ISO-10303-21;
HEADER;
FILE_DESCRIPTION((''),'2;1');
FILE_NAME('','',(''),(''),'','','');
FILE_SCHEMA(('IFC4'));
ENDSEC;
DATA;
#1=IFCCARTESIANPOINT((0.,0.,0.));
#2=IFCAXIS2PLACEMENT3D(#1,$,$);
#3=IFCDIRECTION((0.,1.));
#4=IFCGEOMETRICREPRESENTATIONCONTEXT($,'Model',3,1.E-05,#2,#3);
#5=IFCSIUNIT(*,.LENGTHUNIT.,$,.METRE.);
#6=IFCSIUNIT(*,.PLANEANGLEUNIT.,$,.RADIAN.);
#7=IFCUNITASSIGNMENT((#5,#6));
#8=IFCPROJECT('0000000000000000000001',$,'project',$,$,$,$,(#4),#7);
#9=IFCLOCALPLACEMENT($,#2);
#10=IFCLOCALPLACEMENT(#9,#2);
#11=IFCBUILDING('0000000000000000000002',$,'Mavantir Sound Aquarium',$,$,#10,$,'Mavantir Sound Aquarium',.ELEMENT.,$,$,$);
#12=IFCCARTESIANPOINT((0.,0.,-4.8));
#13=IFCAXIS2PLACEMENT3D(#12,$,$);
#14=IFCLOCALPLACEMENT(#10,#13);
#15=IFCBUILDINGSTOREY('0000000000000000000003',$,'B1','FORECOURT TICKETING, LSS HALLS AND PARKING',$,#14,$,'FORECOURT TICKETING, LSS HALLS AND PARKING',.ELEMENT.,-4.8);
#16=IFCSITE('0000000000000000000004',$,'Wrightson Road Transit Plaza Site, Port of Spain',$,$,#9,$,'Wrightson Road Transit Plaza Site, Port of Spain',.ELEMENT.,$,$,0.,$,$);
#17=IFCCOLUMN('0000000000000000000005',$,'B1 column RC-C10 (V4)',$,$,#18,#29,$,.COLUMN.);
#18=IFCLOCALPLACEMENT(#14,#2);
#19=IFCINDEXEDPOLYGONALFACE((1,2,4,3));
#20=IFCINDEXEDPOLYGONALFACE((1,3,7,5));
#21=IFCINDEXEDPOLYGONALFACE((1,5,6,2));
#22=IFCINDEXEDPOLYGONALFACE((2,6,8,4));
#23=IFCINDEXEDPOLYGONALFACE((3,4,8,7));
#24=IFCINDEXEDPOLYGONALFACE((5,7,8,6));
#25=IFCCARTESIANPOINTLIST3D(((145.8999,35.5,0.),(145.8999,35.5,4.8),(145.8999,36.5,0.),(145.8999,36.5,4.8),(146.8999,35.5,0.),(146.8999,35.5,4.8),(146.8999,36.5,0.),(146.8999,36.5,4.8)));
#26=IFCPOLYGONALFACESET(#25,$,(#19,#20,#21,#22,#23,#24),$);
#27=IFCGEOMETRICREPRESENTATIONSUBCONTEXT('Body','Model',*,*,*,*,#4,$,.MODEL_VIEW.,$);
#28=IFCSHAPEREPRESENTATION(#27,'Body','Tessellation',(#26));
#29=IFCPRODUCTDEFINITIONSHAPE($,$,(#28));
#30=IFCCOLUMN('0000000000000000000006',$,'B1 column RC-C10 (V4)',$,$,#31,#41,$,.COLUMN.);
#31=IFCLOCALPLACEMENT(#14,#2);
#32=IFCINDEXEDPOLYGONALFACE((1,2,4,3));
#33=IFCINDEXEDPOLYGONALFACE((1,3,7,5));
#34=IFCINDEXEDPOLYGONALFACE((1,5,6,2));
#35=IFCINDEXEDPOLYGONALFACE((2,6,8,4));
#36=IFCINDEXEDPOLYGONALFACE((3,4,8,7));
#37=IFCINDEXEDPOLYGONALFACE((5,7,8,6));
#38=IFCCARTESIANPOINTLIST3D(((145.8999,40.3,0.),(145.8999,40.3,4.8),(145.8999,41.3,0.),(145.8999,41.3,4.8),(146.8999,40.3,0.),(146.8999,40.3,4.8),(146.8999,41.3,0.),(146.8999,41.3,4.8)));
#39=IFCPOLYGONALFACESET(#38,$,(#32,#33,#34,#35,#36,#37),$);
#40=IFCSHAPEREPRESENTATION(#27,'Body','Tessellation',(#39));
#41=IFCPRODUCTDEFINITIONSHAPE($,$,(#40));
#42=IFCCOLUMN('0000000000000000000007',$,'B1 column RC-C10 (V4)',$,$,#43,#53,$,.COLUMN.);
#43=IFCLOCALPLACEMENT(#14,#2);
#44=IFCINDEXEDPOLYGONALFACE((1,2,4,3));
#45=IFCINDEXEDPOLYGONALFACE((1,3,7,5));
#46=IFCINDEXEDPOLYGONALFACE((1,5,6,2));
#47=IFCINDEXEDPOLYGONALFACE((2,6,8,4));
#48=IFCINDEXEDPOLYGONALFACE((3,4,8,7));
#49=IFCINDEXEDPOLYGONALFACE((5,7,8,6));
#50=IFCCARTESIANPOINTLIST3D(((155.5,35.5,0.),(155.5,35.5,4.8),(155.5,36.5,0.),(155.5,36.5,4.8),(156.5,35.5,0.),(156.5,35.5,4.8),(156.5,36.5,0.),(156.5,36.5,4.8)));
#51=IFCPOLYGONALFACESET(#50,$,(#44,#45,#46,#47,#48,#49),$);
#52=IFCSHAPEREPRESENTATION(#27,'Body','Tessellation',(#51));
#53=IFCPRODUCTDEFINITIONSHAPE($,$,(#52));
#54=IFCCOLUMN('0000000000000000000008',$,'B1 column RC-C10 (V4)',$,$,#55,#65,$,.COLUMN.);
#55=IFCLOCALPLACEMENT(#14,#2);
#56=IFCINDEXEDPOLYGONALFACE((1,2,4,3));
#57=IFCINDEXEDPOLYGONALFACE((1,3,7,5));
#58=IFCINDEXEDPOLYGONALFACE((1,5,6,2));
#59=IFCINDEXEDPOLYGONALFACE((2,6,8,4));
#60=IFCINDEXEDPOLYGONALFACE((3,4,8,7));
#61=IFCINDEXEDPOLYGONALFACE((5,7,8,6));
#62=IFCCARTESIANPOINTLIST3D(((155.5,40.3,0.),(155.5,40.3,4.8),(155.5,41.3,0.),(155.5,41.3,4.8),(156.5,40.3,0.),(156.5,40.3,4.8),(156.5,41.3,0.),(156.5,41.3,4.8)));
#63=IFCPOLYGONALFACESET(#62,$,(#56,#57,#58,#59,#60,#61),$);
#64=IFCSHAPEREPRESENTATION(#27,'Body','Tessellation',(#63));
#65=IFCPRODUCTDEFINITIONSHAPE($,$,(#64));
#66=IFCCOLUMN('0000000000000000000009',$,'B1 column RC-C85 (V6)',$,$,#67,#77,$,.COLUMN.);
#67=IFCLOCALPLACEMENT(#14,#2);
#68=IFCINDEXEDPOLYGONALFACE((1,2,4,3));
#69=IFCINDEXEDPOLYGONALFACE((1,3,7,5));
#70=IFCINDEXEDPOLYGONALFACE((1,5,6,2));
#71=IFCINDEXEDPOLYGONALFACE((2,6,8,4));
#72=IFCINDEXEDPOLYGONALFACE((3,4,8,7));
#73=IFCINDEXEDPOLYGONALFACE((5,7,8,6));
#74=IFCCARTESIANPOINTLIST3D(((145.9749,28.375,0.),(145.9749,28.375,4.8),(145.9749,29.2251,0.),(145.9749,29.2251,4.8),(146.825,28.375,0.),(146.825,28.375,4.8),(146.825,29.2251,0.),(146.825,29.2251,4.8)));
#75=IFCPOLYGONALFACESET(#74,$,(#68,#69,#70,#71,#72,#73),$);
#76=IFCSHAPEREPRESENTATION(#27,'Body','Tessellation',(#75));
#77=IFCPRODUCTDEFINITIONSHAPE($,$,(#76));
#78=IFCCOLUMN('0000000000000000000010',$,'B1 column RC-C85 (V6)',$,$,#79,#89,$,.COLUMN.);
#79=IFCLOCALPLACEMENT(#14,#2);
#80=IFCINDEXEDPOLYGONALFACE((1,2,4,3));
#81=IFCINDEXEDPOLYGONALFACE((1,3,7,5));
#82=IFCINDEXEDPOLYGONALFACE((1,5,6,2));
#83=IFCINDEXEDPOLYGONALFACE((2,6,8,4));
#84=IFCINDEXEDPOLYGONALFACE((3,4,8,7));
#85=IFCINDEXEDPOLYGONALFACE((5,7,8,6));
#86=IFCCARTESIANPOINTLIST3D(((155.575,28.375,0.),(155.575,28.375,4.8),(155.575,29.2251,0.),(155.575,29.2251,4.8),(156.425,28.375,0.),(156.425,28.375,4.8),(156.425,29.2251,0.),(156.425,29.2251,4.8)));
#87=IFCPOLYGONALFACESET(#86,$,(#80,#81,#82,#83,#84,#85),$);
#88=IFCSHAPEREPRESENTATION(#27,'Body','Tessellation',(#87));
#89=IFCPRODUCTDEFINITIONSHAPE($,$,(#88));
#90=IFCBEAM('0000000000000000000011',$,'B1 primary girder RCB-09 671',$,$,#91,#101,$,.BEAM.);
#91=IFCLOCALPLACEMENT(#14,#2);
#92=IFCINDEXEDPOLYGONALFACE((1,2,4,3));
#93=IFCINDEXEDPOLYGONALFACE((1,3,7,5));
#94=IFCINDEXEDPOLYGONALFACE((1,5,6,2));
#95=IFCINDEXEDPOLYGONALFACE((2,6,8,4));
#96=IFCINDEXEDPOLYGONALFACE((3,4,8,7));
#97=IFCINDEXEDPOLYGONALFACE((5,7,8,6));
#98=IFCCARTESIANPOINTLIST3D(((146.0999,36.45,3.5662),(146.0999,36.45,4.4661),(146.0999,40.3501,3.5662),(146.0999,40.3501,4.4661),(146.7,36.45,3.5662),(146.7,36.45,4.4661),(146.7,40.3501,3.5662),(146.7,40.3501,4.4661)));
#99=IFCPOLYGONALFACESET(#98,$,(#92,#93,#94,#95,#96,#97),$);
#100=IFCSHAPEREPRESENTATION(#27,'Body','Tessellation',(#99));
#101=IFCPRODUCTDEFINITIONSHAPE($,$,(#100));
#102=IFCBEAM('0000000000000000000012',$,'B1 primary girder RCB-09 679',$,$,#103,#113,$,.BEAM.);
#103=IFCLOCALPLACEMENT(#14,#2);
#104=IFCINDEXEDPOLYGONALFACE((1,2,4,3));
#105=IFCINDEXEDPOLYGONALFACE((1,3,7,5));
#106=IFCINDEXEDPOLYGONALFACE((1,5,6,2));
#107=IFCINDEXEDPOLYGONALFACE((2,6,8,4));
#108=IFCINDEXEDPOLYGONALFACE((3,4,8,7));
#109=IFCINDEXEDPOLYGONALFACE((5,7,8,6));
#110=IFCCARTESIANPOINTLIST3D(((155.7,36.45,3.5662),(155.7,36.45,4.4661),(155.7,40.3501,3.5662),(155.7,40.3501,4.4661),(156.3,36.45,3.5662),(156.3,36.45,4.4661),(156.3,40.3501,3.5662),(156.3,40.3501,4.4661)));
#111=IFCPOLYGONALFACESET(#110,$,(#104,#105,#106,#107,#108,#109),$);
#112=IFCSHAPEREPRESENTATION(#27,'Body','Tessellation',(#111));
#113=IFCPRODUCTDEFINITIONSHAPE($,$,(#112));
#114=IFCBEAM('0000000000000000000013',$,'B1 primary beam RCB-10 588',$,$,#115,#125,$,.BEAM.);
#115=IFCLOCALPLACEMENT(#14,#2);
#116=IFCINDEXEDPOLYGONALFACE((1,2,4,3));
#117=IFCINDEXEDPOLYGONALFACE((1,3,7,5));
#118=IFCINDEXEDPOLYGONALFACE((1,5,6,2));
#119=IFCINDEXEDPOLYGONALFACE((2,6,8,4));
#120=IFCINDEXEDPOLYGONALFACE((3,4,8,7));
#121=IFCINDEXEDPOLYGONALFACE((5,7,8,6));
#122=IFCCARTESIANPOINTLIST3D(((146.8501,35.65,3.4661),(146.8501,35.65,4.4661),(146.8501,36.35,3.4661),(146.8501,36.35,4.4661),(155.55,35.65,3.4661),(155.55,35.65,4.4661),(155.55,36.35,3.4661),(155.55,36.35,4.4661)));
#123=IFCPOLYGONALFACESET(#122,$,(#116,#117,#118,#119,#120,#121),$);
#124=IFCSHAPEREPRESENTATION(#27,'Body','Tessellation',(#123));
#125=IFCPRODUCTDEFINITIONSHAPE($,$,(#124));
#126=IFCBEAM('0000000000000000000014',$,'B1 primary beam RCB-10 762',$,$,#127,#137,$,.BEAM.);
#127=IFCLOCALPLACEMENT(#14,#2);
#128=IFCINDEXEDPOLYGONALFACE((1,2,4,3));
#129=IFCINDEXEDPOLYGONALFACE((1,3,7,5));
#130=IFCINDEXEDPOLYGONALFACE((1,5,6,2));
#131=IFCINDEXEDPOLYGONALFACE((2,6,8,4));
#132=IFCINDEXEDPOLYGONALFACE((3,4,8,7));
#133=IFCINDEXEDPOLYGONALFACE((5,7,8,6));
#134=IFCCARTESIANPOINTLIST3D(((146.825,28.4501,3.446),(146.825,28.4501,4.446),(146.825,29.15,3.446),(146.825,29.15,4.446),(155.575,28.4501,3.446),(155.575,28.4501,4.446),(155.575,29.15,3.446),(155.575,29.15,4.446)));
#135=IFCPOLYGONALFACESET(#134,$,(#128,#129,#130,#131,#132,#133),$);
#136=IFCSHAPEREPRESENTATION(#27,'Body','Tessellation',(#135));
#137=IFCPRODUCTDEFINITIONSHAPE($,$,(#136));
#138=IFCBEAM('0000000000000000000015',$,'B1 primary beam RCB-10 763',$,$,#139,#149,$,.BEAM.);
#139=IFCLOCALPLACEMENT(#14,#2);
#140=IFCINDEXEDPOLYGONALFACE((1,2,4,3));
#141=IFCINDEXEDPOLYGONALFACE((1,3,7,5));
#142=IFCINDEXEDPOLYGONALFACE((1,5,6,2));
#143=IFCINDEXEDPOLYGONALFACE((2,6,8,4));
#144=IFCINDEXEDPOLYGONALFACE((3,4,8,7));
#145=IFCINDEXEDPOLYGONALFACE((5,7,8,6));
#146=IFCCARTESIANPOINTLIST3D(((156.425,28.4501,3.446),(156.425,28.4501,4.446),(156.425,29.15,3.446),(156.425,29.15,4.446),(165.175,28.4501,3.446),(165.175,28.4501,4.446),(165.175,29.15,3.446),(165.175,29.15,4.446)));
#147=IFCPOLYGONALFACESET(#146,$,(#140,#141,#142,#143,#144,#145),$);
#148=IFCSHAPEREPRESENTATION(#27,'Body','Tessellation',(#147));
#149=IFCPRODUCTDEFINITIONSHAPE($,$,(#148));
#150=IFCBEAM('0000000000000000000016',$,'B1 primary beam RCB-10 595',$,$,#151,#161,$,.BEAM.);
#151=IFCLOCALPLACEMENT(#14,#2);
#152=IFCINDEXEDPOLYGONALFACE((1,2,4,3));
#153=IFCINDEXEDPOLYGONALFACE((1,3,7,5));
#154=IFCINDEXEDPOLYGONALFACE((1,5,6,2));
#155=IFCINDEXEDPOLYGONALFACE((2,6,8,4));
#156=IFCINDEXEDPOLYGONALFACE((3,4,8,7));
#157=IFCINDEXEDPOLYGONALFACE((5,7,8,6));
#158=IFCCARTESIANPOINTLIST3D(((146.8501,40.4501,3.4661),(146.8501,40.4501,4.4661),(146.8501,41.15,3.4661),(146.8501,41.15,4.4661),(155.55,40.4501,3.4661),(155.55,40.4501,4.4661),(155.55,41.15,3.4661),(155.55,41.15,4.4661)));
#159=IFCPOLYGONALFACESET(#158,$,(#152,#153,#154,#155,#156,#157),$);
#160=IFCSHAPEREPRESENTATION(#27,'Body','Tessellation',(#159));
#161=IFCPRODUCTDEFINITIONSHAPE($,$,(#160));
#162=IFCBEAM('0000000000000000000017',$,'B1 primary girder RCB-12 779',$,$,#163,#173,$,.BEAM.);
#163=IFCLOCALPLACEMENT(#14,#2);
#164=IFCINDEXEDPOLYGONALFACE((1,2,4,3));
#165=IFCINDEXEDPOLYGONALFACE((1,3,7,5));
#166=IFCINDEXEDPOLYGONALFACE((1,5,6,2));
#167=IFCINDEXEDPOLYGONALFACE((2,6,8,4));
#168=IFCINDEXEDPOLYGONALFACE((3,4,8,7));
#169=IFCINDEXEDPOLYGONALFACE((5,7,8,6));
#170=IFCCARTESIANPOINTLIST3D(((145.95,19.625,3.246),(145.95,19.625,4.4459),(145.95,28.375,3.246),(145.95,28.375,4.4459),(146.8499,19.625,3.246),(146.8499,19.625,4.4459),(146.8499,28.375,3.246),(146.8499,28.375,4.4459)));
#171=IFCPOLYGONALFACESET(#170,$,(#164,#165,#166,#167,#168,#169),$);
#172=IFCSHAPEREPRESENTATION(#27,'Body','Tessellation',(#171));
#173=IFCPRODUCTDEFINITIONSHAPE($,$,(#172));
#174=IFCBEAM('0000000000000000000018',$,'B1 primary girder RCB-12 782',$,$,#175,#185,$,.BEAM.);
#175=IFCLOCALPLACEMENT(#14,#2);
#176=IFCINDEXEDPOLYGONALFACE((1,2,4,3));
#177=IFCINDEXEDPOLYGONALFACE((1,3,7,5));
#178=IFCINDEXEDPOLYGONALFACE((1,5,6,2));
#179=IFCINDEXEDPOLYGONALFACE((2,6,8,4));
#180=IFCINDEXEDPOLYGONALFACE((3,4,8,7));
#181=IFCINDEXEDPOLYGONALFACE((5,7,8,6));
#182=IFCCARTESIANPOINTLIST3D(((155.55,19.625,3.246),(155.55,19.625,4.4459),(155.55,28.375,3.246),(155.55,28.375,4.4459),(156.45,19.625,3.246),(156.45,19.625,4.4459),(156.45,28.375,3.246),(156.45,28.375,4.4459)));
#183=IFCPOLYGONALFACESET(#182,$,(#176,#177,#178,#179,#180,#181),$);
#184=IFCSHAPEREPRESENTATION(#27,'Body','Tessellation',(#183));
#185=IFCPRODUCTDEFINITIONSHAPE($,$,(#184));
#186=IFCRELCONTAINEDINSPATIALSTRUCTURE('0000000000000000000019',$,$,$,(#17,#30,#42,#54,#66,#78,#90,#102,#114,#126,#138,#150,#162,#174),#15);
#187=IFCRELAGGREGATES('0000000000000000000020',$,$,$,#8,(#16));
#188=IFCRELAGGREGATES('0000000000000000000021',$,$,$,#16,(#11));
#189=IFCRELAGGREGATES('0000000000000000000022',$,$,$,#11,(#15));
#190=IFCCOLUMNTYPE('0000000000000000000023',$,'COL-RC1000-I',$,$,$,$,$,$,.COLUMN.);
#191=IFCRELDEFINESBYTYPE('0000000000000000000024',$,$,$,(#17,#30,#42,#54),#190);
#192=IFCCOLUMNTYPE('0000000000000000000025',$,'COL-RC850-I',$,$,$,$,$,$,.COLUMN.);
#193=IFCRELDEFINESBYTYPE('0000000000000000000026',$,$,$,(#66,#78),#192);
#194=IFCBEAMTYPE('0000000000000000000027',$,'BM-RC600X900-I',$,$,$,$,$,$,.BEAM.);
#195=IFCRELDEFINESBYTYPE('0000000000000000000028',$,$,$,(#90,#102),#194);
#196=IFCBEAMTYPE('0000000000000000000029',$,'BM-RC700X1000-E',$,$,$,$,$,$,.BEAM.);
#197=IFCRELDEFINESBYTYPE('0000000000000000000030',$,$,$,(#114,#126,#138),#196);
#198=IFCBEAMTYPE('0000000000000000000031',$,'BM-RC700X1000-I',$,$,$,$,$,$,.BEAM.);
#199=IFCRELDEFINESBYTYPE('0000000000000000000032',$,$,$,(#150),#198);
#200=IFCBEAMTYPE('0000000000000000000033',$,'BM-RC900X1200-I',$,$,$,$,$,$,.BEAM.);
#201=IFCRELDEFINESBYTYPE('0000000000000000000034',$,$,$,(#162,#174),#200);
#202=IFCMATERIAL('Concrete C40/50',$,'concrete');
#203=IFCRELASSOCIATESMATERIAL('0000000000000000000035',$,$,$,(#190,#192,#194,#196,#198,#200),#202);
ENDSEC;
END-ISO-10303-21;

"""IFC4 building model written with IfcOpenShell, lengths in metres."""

from ifc_helpers import new_model, si_unit, direction, frame, origin, origin_2d, place, context, subcontext, project, spatial, rectangle, extrude, material, material_profile, profile_set, type_object, element, save


model = new_model("IFC4")

# Units and contexts
model_context = context("Model", 3, precision=1e-05, world=origin(), true_north=direction((0.0, 1.0)))
body_context = subcontext(model_context, "Body", "Model", "MODEL_VIEW")
ifc_project = project(units=[si_unit("LENGTHUNIT", "METRE"), si_unit("PLANEANGLEUNIT", "RADIAN")], contexts=[model_context])

# Site, building, storey
site_placement = place(None, origin())
site = spatial("IfcSite", under=ifc_project, at=site_placement, Name="Wrightson Road Transit Plaza Site, Port of Spain", LongName="Wrightson Road Transit Plaza Site, Port of Spain", CompositionType="ELEMENT", RefElevation=0.0)
building_placement = place(site_placement, origin())
building = spatial("IfcBuilding", under=site, at=building_placement, Name="Mavantir Sound Aquarium", LongName="Mavantir Sound Aquarium", CompositionType="ELEMENT")
storey_placement = place(building_placement, frame((0.0, 0.0, -4.8)))
storey = spatial("IfcBuildingStorey", under=building, at=storey_placement, Name="B1", Description="FORECOURT TICKETING, LSS HALLS AND PARKING", LongName="FORECOURT TICKETING, LSS HALLS AND PARKING", CompositionType="ELEMENT", Elevation=-4.8)

# Columns
ifc_material_1 = material(Name="Concrete C40/50", Category="concrete")
ifc_material_profile_1 = material_profile(ifc_material_1, rectangle(XDim=1.0, YDim=1.0, at=origin_2d()), Name="RC 1000X1000")
ifc_profile_set_1 = profile_set([ifc_material_profile_1], Name="Concrete C40/50")
column_type_1 = type_object("IfcColumnType", Name="COL-RC1000-I", PredefinedType="COLUMN", material=ifc_profile_set_1)
for number, where, z_axis, x_axis, name in (
    (1, (146.3999, 36.0, 0.0), (0.0, 0.0, 1.0), (1.0, 0.0, 0.0), "B1 column RC-C10 (V4)"),
    (2, (146.3999, 40.8, 0.0), (0.0, 0.0, 1.0), (1.0, 0.0, 0.0), "B1 column RC-C10 (V4)"),
    (3, (156.0, 36.0, 0.0), (0.0, 0.0, 1.0), (1.0, 0.0, 0.0), "B1 column RC-C10 (V4)"),
    (4, (156.0, 40.8, 0.0), (0.0, 0.0, 1.0), (1.0, 0.0, 0.0), "B1 column RC-C10 (V4)"),
):
    element("IfcColumn", number, at=place(storey_placement, frame(where, z_axis=z_axis, x_axis=x_axis)), inside=storey, type_object=column_type_1, Name=name, PredefinedType="COLUMN", context=body_context, shape_type="SweptSolid", body=[
        extrude(rectangle(XDim=1.0, YDim=1.0, at=origin_2d()), origin(), (0.0, 0.0, 1.0), 4.8),
    ])
ifc_material_profile_2 = material_profile(ifc_material_1, rectangle(XDim=0.8501, YDim=0.8501, at=origin_2d()), Name="RC 850X850")
ifc_profile_set_2 = profile_set([ifc_material_profile_2], Name="Concrete C40/50")
column_type_2 = type_object("IfcColumnType", Name="COL-RC850-I", PredefinedType="COLUMN", material=ifc_profile_set_2)
for number, where, z_axis, x_axis, name in (
    (5, (146.3999, 28.8, 0.0), (0.0, 0.0, 1.0), (1.0, 0.0, 0.0), "B1 column RC-C85 (V6)"),
    (6, (156.0, 28.8, 0.0), (0.0, 0.0, 1.0), (1.0, 0.0, 0.0), "B1 column RC-C85 (V6)"),
):
    element("IfcColumn", number, at=place(storey_placement, frame(where, z_axis=z_axis, x_axis=x_axis)), inside=storey, type_object=column_type_2, Name=name, PredefinedType="COLUMN", context=body_context, shape_type="SweptSolid", body=[
        extrude(rectangle(XDim=0.8501, YDim=0.8501, at=origin_2d()), origin(), (0.0, 0.0, 1.0), 4.8),
    ])

# Beams
ifc_material_profile_3 = material_profile(ifc_material_1, rectangle(XDim=0.6001, YDim=0.8999, at=origin_2d()), Name="RC 600X900")
ifc_profile_set_3 = profile_set([ifc_material_profile_3], Name="Concrete C40/50")
beam_type_1 = type_object("IfcBeamType", Name="BM-RC600X900-I", PredefinedType="BEAM", material=ifc_profile_set_3)
for number, where, z_axis, x_axis, name in (
    (7, (146.3999, 36.45, 4.0161), (0.0, 1.0, 0.0), (-1.0, 0.0, 0.0), "B1 primary girder RCB-09 671"),
    (8, (156.0, 36.45, 4.0161), (0.0, 1.0, 0.0), (-1.0, 0.0, 0.0), "B1 primary girder RCB-09 679"),
):
    element("IfcBeam", number, at=place(storey_placement, frame(where, z_axis=z_axis, x_axis=x_axis)), inside=storey, type_object=beam_type_1, Name=name, PredefinedType="BEAM", context=body_context, shape_type="SweptSolid", body=[
        extrude(rectangle(XDim=0.6001, YDim=0.8999, at=origin_2d()), origin(), (0.0, 0.0, 1.0), 3.9001),
    ])
ifc_material_profile_4 = material_profile(ifc_material_1, rectangle(XDim=0.7, YDim=1.0, at=origin_2d()), Name="RC 700X1000")
ifc_profile_set_4 = profile_set([ifc_material_profile_4], Name="Concrete C40/50")
beam_type_2 = type_object("IfcBeamType", Name="BM-RC700X1000-E", PredefinedType="BEAM", material=ifc_profile_set_4)
beam_1_placement = place(storey_placement, frame((146.8501, 36.0, 3.9661), z_axis=(1.0, 0.0, 0.0), x_axis=(0.0, 1.0, 0.0)))
element("IfcBeam", 9, at=beam_1_placement, inside=storey, type_object=beam_type_2, Name="B1 primary beam RCB-10 588", PredefinedType="BEAM", context=body_context, shape_type="SweptSolid", body=[
    extrude(rectangle(XDim=0.7, YDim=1.0, at=origin_2d()), origin(), (0.0, 0.0, 1.0), 8.7),
])
for number, where, z_axis, x_axis, name in (
    (10, (146.825, 28.8, 3.946), (1.0, 0.0, 0.0), (0.0, 1.0, 0.0), "B1 primary beam RCB-10 762"),
    (11, (156.425, 28.8, 3.946), (1.0, 0.0, 0.0), (0.0, 1.0, 0.0), "B1 primary beam RCB-10 763"),
):
    element("IfcBeam", number, at=place(storey_placement, frame(where, z_axis=z_axis, x_axis=x_axis)), inside=storey, type_object=beam_type_2, Name=name, PredefinedType="BEAM", context=body_context, shape_type="SweptSolid", body=[
        extrude(rectangle(XDim=0.7, YDim=1.0, at=origin_2d()), origin(), (0.0, 0.0, 1.0), 8.75),
    ])
ifc_material_profile_5 = material_profile(ifc_material_1, rectangle(XDim=0.7, YDim=1.0, at=origin_2d()), Name="RC 700X1000")
ifc_profile_set_5 = profile_set([ifc_material_profile_5], Name="Concrete C40/50")
beam_type_3 = type_object("IfcBeamType", Name="BM-RC700X1000-I", PredefinedType="BEAM", material=ifc_profile_set_5)
beam_2_placement = place(storey_placement, frame((146.8501, 40.8, 3.9661), z_axis=(1.0, 0.0, 0.0), x_axis=(0.0, 1.0, 0.0)))
element("IfcBeam", 12, at=beam_2_placement, inside=storey, type_object=beam_type_3, Name="B1 primary beam RCB-10 595", PredefinedType="BEAM", context=body_context, shape_type="SweptSolid", body=[
    extrude(rectangle(XDim=0.7, YDim=1.0, at=origin_2d()), origin(), (0.0, 0.0, 1.0), 8.7),
])
ifc_material_profile_6 = material_profile(ifc_material_1, rectangle(XDim=0.8999, YDim=1.2, at=origin_2d()), Name="RC 900X1200")
ifc_profile_set_6 = profile_set([ifc_material_profile_6], Name="Concrete C40/50")
beam_type_4 = type_object("IfcBeamType", Name="BM-RC900X1200-I", PredefinedType="BEAM", material=ifc_profile_set_6)
for number, where, z_axis, x_axis, name in (
    (13, (146.3999, 19.625, 3.8459), (0.0, 1.0, 0.0), (-1.0, 0.0, 0.0), "B1 primary girder RCB-12 779"),
    (14, (156.0, 19.625, 3.8459), (0.0, 1.0, 0.0), (-1.0, 0.0, 0.0), "B1 primary girder RCB-12 782"),
):
    element("IfcBeam", number, at=place(storey_placement, frame(where, z_axis=z_axis, x_axis=x_axis)), inside=storey, type_object=beam_type_4, Name=name, PredefinedType="BEAM", context=body_context, shape_type="SweptSolid", body=[
        extrude(rectangle(XDim=0.8999, YDim=1.2, at=origin_2d()), origin(), (0.0, 0.0, 1.0), 8.75),
    ])

save(model, "model.ifc")
